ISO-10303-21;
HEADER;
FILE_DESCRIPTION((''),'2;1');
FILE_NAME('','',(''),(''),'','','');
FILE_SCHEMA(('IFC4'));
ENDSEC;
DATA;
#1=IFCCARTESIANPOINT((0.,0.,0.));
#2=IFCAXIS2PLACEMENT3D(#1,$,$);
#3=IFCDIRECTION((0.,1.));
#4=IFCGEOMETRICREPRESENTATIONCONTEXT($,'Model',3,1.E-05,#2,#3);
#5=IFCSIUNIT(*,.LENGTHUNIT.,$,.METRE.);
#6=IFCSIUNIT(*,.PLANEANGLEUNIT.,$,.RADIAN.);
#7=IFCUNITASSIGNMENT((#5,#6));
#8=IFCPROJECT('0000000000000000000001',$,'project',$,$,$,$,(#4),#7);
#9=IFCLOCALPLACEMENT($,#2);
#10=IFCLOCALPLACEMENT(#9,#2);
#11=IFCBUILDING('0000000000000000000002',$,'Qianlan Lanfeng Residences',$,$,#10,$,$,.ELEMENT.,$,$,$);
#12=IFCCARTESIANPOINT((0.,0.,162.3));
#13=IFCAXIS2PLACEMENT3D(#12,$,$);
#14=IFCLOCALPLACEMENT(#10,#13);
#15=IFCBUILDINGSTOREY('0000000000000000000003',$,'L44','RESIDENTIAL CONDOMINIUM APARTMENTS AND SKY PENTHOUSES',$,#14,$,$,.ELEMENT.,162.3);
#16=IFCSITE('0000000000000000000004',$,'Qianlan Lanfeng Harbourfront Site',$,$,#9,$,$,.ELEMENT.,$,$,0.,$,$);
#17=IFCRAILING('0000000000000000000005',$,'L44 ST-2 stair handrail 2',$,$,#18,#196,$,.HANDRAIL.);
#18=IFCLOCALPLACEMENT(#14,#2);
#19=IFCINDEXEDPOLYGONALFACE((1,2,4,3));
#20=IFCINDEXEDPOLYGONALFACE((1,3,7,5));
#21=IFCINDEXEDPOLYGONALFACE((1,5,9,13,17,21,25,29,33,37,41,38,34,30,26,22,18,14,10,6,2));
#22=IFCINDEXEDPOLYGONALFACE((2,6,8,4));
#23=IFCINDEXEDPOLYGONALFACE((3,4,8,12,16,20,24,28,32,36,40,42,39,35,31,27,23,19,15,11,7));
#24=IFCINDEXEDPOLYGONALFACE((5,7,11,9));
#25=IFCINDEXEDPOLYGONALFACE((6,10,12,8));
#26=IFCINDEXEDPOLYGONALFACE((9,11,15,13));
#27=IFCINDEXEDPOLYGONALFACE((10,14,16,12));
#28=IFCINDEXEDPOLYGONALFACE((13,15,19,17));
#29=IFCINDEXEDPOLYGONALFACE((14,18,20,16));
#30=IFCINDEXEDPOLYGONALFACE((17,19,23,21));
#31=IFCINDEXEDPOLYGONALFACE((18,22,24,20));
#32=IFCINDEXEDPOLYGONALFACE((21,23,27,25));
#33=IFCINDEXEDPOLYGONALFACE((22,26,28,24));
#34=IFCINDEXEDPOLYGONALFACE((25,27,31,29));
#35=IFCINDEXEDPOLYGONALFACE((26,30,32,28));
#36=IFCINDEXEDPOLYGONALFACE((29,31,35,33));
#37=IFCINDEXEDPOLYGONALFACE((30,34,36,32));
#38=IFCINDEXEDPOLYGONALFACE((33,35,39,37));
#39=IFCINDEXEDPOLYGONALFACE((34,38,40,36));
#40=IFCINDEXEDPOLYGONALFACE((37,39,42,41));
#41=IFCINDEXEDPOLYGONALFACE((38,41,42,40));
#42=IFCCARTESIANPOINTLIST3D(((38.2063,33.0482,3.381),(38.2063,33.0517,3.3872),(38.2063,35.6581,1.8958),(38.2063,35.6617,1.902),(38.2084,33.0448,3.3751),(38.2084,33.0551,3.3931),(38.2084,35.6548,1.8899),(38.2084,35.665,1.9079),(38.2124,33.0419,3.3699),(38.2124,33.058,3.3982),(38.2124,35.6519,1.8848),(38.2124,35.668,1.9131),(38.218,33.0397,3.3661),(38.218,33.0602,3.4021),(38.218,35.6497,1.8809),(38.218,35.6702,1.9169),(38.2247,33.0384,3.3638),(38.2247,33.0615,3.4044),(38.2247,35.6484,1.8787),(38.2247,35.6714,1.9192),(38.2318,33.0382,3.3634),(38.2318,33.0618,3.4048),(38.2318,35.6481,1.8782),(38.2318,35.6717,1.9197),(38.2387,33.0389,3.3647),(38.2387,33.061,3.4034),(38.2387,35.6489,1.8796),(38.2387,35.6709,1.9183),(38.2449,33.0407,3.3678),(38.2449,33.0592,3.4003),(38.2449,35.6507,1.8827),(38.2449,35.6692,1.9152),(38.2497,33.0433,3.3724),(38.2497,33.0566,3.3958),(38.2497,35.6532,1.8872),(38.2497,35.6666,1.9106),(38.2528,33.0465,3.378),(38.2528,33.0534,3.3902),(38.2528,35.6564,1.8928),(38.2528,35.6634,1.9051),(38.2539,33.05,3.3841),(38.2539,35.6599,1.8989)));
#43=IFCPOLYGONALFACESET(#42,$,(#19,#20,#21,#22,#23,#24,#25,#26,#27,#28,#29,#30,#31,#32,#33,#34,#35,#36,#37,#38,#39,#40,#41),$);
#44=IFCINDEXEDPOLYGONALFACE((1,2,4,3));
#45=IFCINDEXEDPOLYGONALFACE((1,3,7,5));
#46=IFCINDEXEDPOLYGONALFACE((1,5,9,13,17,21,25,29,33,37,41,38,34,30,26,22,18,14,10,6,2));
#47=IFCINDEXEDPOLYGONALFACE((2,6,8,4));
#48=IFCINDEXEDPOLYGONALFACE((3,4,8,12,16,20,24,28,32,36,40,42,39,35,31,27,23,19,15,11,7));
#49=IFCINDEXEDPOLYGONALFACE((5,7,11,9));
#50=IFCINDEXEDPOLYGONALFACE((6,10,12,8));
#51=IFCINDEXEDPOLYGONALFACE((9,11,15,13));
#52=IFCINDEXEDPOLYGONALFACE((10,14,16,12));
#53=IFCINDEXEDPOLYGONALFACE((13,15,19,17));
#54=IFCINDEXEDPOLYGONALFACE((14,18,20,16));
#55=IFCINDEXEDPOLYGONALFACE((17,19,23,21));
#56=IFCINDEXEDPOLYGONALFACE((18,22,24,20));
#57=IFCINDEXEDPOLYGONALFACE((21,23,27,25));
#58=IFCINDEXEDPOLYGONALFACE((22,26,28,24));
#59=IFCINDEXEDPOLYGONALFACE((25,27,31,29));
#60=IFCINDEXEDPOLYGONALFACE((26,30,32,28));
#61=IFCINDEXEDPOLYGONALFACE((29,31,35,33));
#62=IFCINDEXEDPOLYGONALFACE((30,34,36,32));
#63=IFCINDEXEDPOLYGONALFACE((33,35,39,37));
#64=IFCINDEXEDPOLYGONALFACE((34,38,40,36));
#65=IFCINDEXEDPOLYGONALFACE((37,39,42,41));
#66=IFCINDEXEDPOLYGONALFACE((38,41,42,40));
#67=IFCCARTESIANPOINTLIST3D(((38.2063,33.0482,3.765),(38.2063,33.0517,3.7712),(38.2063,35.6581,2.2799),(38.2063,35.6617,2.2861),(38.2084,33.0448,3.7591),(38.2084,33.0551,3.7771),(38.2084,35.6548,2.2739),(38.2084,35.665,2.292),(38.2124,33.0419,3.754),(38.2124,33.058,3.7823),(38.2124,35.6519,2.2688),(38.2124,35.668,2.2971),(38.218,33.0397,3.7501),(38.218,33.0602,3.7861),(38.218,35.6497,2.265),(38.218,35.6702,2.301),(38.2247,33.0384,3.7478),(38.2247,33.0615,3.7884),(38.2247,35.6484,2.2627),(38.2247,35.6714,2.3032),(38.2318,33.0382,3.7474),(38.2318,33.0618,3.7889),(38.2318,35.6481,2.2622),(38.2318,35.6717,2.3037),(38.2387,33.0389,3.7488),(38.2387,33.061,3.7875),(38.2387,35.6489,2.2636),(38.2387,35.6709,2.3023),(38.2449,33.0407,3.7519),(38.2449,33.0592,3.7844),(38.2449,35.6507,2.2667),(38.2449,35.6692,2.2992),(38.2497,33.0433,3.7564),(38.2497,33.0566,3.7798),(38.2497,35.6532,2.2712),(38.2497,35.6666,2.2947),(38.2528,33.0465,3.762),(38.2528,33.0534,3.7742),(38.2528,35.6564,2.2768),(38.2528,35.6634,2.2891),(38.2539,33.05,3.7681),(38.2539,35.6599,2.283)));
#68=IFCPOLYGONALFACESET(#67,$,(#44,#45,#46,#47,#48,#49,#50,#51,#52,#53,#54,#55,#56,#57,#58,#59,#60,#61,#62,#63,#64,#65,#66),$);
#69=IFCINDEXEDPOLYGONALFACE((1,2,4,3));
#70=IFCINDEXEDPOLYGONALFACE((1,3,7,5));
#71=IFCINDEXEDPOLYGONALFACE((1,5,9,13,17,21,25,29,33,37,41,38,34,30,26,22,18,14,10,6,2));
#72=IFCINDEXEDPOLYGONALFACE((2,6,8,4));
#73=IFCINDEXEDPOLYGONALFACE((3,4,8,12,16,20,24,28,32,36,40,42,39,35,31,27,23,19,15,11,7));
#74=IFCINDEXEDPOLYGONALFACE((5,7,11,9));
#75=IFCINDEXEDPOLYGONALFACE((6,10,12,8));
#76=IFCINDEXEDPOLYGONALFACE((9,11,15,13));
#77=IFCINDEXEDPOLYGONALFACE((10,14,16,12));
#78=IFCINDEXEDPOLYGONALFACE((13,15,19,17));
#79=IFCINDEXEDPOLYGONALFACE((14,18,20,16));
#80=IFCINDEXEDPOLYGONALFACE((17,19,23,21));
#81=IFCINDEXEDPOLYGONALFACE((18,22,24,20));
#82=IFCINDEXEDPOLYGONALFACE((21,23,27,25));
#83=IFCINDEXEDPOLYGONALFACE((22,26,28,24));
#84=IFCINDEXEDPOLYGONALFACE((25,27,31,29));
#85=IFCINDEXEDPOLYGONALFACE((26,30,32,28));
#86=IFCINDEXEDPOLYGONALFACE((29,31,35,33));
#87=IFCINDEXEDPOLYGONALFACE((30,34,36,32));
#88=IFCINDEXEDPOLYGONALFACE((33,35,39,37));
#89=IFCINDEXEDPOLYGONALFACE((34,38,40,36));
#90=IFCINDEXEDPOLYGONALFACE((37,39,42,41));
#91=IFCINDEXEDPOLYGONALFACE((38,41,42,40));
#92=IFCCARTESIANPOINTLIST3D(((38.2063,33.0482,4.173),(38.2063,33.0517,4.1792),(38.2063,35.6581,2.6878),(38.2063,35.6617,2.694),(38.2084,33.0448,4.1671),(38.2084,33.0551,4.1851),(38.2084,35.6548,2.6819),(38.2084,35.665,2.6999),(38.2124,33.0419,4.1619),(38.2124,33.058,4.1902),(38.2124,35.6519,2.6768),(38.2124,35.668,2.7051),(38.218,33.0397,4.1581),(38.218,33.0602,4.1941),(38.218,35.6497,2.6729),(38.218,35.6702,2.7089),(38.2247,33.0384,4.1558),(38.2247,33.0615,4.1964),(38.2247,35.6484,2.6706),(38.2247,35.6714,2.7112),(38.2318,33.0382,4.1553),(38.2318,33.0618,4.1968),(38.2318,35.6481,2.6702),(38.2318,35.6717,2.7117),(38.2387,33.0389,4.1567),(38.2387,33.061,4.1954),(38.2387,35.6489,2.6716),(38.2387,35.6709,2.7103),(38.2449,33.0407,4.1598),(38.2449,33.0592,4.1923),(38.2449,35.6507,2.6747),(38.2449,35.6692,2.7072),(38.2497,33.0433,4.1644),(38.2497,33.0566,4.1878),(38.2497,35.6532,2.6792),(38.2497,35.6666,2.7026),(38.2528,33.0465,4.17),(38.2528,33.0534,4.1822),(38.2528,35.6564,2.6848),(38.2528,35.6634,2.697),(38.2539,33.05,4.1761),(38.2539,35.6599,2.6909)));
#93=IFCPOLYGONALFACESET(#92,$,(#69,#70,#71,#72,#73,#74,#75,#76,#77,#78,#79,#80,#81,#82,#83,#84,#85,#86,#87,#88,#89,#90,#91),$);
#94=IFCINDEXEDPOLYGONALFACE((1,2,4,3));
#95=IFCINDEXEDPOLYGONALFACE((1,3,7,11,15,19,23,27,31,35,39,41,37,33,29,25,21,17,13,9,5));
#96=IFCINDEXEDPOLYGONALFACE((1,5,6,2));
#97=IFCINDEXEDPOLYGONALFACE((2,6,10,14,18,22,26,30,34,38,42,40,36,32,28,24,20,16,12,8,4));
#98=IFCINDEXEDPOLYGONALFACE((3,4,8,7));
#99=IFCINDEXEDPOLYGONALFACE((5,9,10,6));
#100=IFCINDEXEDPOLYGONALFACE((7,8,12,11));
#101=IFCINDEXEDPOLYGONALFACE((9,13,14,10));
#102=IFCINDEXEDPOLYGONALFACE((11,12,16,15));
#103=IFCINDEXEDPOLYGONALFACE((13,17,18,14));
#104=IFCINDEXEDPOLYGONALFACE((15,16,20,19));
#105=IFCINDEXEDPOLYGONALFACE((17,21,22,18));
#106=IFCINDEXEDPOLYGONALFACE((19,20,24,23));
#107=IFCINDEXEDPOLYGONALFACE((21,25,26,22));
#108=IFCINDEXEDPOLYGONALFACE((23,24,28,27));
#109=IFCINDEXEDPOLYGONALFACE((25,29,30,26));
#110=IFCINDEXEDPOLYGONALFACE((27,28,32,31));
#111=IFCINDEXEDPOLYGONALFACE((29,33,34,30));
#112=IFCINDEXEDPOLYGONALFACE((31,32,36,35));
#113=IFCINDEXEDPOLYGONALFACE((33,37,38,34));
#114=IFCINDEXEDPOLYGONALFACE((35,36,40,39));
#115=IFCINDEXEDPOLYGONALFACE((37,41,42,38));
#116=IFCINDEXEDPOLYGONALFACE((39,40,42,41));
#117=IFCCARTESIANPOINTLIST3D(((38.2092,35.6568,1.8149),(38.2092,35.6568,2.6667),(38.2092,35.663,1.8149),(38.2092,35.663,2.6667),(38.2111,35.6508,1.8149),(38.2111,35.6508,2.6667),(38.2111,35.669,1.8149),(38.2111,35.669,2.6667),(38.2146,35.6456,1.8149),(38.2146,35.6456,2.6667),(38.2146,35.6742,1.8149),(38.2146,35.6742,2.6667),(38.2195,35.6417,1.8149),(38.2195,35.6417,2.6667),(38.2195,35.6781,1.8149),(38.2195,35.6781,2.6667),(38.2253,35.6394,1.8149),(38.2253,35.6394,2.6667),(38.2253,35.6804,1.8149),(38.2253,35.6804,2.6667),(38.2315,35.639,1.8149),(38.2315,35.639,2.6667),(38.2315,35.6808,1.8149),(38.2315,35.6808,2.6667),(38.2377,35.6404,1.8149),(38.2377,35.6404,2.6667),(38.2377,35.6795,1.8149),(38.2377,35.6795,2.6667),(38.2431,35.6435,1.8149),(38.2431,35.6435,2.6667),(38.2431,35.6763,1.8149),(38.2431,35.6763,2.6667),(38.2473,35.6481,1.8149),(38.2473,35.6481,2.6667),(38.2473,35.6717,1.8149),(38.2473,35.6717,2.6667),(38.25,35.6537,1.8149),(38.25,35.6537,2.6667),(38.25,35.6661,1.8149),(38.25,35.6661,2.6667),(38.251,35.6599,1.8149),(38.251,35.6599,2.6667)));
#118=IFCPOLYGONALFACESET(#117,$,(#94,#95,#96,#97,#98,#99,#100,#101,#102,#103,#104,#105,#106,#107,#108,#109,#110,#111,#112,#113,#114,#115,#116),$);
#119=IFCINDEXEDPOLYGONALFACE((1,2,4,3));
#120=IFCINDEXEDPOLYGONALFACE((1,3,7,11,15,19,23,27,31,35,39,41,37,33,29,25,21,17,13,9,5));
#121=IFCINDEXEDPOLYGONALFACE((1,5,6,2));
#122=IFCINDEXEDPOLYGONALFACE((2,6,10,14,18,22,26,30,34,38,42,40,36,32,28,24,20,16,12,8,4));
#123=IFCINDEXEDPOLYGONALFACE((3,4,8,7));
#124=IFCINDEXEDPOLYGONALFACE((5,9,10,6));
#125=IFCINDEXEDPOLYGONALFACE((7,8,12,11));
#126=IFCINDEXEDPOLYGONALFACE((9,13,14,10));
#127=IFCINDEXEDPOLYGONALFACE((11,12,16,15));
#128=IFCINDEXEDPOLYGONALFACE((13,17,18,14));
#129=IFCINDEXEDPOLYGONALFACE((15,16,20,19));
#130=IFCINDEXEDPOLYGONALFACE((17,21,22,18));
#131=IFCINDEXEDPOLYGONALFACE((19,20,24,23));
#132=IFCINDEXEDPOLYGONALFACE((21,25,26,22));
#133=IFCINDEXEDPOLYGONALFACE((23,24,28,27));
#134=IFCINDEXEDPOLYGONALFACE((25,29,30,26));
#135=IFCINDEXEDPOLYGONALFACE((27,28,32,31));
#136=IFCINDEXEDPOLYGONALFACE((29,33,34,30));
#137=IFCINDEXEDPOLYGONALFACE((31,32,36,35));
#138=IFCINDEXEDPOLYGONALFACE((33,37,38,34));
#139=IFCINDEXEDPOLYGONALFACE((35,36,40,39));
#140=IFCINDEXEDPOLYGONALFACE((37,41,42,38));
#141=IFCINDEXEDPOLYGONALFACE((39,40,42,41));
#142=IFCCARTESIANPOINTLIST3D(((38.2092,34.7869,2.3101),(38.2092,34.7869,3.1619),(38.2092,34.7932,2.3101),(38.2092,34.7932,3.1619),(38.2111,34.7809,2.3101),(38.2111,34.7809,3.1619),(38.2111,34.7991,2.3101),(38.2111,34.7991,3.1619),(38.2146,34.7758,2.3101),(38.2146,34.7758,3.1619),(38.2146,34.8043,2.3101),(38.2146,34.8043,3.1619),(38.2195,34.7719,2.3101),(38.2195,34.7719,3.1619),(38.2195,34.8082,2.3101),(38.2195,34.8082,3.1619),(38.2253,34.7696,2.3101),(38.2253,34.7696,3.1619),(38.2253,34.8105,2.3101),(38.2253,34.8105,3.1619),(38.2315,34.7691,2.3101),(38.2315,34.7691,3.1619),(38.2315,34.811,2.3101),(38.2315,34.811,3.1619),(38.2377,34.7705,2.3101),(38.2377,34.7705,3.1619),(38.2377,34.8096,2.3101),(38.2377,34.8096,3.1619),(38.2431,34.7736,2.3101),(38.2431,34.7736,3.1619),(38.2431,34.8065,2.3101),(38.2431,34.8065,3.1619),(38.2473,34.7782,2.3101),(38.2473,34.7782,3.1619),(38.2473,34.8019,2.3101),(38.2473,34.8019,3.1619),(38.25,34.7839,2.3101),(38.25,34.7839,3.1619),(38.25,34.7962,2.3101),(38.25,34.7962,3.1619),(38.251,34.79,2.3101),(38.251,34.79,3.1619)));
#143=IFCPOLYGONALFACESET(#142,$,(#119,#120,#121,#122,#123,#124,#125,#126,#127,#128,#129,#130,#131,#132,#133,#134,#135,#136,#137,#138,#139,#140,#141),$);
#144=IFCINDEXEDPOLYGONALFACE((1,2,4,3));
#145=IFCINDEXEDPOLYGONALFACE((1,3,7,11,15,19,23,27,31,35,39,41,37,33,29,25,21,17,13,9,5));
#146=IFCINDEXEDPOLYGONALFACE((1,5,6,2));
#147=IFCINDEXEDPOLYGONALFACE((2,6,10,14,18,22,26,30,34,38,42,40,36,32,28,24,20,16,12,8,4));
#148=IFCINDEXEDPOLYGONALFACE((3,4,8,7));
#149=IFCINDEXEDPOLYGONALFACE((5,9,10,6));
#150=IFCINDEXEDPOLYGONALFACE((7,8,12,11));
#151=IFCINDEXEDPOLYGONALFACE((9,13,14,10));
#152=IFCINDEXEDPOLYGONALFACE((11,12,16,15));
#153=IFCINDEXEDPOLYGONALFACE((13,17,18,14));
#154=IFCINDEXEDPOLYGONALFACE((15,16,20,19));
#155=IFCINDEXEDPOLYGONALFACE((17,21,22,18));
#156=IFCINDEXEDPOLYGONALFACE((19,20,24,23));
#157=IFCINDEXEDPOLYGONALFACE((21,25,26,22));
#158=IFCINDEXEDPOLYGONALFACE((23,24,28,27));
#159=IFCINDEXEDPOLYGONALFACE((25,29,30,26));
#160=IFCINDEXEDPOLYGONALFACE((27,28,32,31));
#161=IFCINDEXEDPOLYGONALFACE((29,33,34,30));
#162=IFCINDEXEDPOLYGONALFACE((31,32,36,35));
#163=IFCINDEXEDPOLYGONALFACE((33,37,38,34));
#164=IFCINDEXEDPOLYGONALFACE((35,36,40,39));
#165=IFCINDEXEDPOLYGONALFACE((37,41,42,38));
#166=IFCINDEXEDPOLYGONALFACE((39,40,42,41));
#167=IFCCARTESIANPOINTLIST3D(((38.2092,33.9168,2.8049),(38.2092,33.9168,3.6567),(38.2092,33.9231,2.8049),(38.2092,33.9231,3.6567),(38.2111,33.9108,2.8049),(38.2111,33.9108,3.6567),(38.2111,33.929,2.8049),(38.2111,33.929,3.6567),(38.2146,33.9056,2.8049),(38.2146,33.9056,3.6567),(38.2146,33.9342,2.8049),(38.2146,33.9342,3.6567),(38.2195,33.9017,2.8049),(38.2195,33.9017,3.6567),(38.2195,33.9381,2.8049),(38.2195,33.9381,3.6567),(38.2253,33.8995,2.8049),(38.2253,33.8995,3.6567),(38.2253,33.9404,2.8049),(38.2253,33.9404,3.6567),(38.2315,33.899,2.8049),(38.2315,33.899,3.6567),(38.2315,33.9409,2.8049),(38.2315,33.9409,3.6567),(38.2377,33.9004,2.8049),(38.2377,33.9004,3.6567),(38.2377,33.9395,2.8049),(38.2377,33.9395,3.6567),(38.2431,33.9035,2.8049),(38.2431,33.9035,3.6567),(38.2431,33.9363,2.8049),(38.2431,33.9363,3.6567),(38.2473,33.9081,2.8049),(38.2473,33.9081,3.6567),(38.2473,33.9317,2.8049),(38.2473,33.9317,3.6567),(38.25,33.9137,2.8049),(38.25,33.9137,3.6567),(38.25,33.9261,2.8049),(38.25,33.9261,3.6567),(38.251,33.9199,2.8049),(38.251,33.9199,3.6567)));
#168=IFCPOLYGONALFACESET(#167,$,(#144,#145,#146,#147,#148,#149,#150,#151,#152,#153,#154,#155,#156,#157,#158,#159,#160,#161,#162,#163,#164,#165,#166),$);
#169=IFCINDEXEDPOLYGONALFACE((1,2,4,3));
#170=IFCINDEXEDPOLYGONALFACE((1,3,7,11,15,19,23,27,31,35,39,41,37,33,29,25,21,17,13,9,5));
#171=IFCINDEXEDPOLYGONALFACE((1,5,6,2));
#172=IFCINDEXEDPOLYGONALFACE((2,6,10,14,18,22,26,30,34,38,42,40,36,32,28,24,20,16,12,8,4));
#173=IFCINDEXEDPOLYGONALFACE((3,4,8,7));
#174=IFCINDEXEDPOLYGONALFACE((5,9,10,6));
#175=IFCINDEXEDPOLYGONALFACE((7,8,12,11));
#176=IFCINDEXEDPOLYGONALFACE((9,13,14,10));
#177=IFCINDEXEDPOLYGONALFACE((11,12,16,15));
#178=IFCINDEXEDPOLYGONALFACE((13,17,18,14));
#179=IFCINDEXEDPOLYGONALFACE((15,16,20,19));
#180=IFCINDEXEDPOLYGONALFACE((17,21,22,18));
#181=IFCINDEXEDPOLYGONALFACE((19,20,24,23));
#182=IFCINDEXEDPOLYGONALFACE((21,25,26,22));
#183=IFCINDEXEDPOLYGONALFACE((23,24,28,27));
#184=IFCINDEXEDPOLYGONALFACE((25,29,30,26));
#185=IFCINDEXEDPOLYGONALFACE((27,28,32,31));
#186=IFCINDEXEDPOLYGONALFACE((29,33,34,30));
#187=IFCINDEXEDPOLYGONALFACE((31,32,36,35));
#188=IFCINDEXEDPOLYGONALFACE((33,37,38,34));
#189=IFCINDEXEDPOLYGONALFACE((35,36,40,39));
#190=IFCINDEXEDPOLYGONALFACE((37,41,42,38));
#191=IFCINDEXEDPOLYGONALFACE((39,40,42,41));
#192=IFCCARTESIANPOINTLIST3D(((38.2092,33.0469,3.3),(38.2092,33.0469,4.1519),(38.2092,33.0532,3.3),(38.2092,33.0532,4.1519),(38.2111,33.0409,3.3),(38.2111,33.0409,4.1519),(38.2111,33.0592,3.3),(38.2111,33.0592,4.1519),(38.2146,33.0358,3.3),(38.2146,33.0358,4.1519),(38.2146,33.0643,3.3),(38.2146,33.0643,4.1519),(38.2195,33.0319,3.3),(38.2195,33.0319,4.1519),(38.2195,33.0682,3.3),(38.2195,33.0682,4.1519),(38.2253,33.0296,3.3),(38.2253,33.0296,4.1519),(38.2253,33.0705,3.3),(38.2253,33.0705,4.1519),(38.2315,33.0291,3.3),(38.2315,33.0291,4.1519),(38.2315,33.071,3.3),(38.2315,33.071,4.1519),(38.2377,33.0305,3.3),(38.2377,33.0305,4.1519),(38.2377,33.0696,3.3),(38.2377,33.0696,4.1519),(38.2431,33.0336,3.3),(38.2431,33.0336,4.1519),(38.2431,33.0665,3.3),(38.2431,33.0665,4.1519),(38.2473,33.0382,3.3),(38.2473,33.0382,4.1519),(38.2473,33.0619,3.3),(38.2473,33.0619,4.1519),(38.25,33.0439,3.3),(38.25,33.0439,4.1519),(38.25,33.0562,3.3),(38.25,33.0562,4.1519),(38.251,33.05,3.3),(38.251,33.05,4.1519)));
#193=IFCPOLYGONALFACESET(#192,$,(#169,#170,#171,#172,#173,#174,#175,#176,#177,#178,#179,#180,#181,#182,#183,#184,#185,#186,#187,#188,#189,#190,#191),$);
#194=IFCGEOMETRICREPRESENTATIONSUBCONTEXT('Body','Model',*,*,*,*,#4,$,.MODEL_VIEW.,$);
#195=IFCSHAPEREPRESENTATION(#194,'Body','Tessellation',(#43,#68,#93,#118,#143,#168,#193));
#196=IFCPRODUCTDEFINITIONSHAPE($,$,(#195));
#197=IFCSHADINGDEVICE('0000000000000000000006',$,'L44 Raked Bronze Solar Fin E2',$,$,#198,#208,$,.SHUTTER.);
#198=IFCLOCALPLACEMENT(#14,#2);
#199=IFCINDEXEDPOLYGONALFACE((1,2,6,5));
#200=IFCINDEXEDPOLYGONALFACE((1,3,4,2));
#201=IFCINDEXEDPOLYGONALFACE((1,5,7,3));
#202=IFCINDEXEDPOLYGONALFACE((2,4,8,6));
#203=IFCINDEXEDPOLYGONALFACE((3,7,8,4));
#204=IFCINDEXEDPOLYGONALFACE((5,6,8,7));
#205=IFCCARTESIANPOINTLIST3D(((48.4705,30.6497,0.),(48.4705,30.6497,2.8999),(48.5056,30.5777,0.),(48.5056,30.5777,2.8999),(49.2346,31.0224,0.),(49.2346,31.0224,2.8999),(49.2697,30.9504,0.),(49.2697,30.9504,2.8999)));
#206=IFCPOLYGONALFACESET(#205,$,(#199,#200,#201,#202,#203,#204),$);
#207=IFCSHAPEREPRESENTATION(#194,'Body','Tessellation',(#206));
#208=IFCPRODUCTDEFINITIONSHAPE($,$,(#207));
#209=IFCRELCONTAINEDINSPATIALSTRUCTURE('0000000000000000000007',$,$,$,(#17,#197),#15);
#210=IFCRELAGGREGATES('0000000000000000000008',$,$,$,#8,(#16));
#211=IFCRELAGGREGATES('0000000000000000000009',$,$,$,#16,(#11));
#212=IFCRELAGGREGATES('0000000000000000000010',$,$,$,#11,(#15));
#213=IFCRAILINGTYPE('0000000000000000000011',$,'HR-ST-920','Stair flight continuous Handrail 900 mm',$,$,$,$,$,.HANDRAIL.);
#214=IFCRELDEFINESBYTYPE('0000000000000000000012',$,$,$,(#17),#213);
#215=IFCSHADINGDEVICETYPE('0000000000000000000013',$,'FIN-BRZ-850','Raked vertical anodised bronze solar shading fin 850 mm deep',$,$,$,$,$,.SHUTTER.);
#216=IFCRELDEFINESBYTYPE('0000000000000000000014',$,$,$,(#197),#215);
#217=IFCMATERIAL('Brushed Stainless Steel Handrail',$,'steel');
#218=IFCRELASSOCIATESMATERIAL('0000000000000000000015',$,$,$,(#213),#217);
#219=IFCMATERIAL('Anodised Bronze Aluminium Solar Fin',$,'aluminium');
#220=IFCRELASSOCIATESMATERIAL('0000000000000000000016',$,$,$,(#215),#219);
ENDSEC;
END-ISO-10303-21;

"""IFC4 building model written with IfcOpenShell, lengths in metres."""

from ifc_helpers import new_model, si_unit, direction, frame, origin, origin_2d, place, context, subcontext, project, spatial, rectangle, circle, extrude, source, transform, mapped, material, type_object, element, save


model = new_model("IFC4")

# Units and contexts
model_context = context("Model", 3, precision=1e-05, world=origin(), true_north=direction((0.0, 1.0)))
body_context = subcontext(model_context, "Body", "Model", "MODEL_VIEW")
ifc_project = project(units=[si_unit("LENGTHUNIT", "METRE"), si_unit("PLANEANGLEUNIT", "RADIAN")], contexts=[model_context])

# Site, building, storey
site_placement = place(None, origin())
site = spatial("IfcSite", under=ifc_project, at=site_placement, Name="Qianlan Lanfeng Harbourfront Site", CompositionType="ELEMENT", RefElevation=0.0)
building_placement = place(site_placement, origin())
building = spatial("IfcBuilding", under=site, at=building_placement, Name="Qianlan Lanfeng Residences", CompositionType="ELEMENT")
storey_placement = place(building_placement, frame((0.0, 0.0, 162.3)))
storey = spatial("IfcBuildingStorey", under=building, at=storey_placement, Name="L44", Description="RESIDENTIAL CONDOMINIUM APARTMENTS AND SKY PENTHOUSES", CompositionType="ELEMENT", Elevation=162.3)

# Railing
ifc_material_1 = material(Name="Brushed Stainless Steel Handrail", Category="steel")
railing_type_1 = type_object("IfcRailingType", Name="HR-ST-920", Description="Stair flight continuous Handrail 900 mm", PredefinedType="HANDRAIL", material=ifc_material_1)
railing_1_placement = place(storey_placement, frame((38.23, 35.6599, 1.8149)))
element("IfcRailing", 1, at=railing_1_placement, inside=storey, type_object=railing_type_1, Name="L44 ST-2 stair handrail 2", PredefinedType="HANDRAIL", context=body_context, shape_type="SweptSolid", body=[
    extrude(circle(Radius=0.0239, at=origin_2d()), frame((0.0, 0.0, 0.084), z_axis=(0.0, -0.869137, 0.494571), x_axis=(1.0, 0.0, 0.0)), (0.0, 0.0, 1.0), 3.0029),
    extrude(circle(Radius=0.0239, at=origin_2d()), frame((0.0, 0.0, 0.468), z_axis=(0.0, -0.869137, 0.494571), x_axis=(1.0, 0.0, 0.0)), (0.0, 0.0, 1.0), 3.0029),
    extrude(circle(Radius=0.0239, at=origin_2d()), frame((0.0, 0.0, 0.876), z_axis=(0.0, -0.869137, 0.494571), x_axis=(1.0, 0.0, 0.0)), (0.0, 0.0, 1.0), 3.0029),
    extrude(circle(Radius=0.021, at=origin_2d()), origin(), (0.0, 0.0, 1.0), 0.8518),
    extrude(circle(Radius=0.021, at=origin_2d()), frame((0.0, -0.8699, 0.4951)), (0.0, 0.0, 1.0), 0.8518),
    extrude(circle(Radius=0.021, at=origin_2d()), frame((0.0, -1.74, 0.99)), (0.0, 0.0, 1.0), 0.8518),
    extrude(circle(Radius=0.021, at=origin_2d()), frame((0.0, -2.6099, 1.4851)), (0.0, 0.0, 1.0), 0.8518),
])

# Shading device
ifc_material_2 = material(Name="Anodised Bronze Aluminium Solar Fin", Category="aluminium")
shading_device_type = type_object("IfcShadingDeviceType", Name="FIN-BRZ-850", Description="Raked vertical anodised bronze solar shading fin 850 mm deep", PredefinedType="SHUTTER", material=ifc_material_2)
shared_shape_1 = source(origin(), body_context, "Body", "SweptSolid", [
    extrude(rectangle(XDim=0.8501, YDim=0.0801, at=origin_2d()), origin(), (0.0, 0.0, 1.0), 2.8999),
])
shading_device_placement = place(storey_placement, frame((48.8701, 30.8, 0.0), z_axis=(0.0, 0.0, 1.0), x_axis=(0.898794, 0.438371, 0.0)))
element("IfcShadingDevice", 2, at=shading_device_placement, inside=storey, type_object=shading_device_type, Name="L44 Raked Bronze Solar Fin E2", PredefinedType="SHUTTER", context=body_context, shape_type="MappedRepresentation", body=[
    mapped(shared_shape_1, transform((0.0, 0.0, 0.0), scale=1.0)),
])

save(model, "model.ifc")
